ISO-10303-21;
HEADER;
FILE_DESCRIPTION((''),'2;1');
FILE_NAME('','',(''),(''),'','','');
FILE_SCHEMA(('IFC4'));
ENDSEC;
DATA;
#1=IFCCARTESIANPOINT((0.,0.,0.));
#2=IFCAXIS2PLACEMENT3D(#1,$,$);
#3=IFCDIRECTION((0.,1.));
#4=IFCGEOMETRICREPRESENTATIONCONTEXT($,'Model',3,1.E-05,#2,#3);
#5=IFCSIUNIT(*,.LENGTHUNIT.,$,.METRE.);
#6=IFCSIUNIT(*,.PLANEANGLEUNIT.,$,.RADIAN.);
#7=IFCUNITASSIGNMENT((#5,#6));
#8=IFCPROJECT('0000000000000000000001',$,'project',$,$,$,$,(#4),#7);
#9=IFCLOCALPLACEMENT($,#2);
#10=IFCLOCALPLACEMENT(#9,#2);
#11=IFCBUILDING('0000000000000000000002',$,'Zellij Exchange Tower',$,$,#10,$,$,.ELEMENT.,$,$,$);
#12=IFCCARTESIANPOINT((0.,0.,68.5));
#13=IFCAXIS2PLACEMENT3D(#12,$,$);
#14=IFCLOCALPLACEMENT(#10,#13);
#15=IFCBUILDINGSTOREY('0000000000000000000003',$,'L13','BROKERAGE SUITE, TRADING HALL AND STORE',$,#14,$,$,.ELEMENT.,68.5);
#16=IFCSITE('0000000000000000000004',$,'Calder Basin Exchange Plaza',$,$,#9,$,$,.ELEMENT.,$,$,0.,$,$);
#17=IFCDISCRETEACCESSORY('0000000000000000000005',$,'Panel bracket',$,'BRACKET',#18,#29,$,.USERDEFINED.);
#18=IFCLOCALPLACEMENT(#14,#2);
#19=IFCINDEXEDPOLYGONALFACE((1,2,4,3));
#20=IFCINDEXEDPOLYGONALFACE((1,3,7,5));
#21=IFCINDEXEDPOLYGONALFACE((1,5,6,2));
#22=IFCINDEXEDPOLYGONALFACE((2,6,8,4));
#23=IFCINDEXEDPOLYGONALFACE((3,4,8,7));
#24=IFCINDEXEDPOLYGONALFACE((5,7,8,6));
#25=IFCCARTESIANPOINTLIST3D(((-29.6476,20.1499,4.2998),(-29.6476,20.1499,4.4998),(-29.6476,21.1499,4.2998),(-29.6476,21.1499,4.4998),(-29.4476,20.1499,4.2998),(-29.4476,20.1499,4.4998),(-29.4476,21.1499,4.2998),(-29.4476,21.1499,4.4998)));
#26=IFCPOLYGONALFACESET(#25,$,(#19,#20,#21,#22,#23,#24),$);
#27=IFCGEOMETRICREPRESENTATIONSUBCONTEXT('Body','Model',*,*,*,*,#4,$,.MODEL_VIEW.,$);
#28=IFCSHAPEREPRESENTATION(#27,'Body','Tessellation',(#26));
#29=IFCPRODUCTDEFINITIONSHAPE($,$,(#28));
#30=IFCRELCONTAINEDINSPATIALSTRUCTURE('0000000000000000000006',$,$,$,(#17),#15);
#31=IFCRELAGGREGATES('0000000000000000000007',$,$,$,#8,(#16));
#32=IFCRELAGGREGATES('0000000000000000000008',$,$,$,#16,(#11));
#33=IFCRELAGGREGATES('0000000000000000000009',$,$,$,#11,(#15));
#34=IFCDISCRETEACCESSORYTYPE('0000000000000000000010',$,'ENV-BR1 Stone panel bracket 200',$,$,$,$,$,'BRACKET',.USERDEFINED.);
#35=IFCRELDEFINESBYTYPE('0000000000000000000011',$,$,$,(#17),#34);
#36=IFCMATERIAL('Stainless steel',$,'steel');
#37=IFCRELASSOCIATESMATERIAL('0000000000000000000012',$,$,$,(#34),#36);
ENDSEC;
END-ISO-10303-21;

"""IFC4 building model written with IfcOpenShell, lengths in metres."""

from ifc_helpers import new_model, si_unit, direction, frame, origin, origin_2d, place, context, subcontext, project, spatial, rectangle, extrude, material, type_object, element, save


model = new_model("IFC4")

# Units and contexts
model_context = context("Model", 3, precision=1e-05, world=origin(), true_north=direction((0.0, 1.0)))
body_context = subcontext(model_context, "Body", "Model", "MODEL_VIEW")
ifc_project = project(units=[si_unit("LENGTHUNIT", "METRE"), si_unit("PLANEANGLEUNIT", "RADIAN")], contexts=[model_context])

# Site, building, storey
site_placement = place(None, origin())
site = spatial("IfcSite", under=ifc_project, at=site_placement, Name="Calder Basin Exchange Plaza", CompositionType="ELEMENT", RefElevation=0.0)
building_placement = place(site_placement, origin())
building = spatial("IfcBuilding", under=site, at=building_placement, Name="Zellij Exchange Tower", CompositionType="ELEMENT")
storey_placement = place(building_placement, frame((0.0, 0.0, 68.5)))
storey = spatial("IfcBuildingStorey", under=building, at=storey_placement, Name="L13", Description="BROKERAGE SUITE, TRADING HALL AND STORE", CompositionType="ELEMENT", Elevation=68.5)

# Discrete accessory
ifc_material_1 = material(Name="Stainless steel", Category="steel")
discrete_accessory_type = type_object("IfcDiscreteAccessoryType", Name="ENV-BR1 Stone panel bracket 200", ElementType="BRACKET", PredefinedType="USERDEFINED", material=ifc_material_1)
for number, where, z_axis, x_axis, name in (
    (1, (-29.5476, 20.6499, 4.2998), (0.0, 0.0, 1.0), (-1.0, 0.0, 0.0), "Panel bracket"),
):
    element("IfcDiscreteAccessory", number, at=place(storey_placement, frame(where, z_axis=z_axis, x_axis=x_axis)), inside=storey, type_object=discrete_accessory_type, Name=name, ObjectType="BRACKET", PredefinedType="USERDEFINED", context=body_context, shape_type="SweptSolid", body=[
        extrude(rectangle(XDim=0.2, YDim=1.0, at=origin_2d()), origin(), (0.0, 0.0, 1.0), 0.2),
    ])

save(model, "model.ifc")
